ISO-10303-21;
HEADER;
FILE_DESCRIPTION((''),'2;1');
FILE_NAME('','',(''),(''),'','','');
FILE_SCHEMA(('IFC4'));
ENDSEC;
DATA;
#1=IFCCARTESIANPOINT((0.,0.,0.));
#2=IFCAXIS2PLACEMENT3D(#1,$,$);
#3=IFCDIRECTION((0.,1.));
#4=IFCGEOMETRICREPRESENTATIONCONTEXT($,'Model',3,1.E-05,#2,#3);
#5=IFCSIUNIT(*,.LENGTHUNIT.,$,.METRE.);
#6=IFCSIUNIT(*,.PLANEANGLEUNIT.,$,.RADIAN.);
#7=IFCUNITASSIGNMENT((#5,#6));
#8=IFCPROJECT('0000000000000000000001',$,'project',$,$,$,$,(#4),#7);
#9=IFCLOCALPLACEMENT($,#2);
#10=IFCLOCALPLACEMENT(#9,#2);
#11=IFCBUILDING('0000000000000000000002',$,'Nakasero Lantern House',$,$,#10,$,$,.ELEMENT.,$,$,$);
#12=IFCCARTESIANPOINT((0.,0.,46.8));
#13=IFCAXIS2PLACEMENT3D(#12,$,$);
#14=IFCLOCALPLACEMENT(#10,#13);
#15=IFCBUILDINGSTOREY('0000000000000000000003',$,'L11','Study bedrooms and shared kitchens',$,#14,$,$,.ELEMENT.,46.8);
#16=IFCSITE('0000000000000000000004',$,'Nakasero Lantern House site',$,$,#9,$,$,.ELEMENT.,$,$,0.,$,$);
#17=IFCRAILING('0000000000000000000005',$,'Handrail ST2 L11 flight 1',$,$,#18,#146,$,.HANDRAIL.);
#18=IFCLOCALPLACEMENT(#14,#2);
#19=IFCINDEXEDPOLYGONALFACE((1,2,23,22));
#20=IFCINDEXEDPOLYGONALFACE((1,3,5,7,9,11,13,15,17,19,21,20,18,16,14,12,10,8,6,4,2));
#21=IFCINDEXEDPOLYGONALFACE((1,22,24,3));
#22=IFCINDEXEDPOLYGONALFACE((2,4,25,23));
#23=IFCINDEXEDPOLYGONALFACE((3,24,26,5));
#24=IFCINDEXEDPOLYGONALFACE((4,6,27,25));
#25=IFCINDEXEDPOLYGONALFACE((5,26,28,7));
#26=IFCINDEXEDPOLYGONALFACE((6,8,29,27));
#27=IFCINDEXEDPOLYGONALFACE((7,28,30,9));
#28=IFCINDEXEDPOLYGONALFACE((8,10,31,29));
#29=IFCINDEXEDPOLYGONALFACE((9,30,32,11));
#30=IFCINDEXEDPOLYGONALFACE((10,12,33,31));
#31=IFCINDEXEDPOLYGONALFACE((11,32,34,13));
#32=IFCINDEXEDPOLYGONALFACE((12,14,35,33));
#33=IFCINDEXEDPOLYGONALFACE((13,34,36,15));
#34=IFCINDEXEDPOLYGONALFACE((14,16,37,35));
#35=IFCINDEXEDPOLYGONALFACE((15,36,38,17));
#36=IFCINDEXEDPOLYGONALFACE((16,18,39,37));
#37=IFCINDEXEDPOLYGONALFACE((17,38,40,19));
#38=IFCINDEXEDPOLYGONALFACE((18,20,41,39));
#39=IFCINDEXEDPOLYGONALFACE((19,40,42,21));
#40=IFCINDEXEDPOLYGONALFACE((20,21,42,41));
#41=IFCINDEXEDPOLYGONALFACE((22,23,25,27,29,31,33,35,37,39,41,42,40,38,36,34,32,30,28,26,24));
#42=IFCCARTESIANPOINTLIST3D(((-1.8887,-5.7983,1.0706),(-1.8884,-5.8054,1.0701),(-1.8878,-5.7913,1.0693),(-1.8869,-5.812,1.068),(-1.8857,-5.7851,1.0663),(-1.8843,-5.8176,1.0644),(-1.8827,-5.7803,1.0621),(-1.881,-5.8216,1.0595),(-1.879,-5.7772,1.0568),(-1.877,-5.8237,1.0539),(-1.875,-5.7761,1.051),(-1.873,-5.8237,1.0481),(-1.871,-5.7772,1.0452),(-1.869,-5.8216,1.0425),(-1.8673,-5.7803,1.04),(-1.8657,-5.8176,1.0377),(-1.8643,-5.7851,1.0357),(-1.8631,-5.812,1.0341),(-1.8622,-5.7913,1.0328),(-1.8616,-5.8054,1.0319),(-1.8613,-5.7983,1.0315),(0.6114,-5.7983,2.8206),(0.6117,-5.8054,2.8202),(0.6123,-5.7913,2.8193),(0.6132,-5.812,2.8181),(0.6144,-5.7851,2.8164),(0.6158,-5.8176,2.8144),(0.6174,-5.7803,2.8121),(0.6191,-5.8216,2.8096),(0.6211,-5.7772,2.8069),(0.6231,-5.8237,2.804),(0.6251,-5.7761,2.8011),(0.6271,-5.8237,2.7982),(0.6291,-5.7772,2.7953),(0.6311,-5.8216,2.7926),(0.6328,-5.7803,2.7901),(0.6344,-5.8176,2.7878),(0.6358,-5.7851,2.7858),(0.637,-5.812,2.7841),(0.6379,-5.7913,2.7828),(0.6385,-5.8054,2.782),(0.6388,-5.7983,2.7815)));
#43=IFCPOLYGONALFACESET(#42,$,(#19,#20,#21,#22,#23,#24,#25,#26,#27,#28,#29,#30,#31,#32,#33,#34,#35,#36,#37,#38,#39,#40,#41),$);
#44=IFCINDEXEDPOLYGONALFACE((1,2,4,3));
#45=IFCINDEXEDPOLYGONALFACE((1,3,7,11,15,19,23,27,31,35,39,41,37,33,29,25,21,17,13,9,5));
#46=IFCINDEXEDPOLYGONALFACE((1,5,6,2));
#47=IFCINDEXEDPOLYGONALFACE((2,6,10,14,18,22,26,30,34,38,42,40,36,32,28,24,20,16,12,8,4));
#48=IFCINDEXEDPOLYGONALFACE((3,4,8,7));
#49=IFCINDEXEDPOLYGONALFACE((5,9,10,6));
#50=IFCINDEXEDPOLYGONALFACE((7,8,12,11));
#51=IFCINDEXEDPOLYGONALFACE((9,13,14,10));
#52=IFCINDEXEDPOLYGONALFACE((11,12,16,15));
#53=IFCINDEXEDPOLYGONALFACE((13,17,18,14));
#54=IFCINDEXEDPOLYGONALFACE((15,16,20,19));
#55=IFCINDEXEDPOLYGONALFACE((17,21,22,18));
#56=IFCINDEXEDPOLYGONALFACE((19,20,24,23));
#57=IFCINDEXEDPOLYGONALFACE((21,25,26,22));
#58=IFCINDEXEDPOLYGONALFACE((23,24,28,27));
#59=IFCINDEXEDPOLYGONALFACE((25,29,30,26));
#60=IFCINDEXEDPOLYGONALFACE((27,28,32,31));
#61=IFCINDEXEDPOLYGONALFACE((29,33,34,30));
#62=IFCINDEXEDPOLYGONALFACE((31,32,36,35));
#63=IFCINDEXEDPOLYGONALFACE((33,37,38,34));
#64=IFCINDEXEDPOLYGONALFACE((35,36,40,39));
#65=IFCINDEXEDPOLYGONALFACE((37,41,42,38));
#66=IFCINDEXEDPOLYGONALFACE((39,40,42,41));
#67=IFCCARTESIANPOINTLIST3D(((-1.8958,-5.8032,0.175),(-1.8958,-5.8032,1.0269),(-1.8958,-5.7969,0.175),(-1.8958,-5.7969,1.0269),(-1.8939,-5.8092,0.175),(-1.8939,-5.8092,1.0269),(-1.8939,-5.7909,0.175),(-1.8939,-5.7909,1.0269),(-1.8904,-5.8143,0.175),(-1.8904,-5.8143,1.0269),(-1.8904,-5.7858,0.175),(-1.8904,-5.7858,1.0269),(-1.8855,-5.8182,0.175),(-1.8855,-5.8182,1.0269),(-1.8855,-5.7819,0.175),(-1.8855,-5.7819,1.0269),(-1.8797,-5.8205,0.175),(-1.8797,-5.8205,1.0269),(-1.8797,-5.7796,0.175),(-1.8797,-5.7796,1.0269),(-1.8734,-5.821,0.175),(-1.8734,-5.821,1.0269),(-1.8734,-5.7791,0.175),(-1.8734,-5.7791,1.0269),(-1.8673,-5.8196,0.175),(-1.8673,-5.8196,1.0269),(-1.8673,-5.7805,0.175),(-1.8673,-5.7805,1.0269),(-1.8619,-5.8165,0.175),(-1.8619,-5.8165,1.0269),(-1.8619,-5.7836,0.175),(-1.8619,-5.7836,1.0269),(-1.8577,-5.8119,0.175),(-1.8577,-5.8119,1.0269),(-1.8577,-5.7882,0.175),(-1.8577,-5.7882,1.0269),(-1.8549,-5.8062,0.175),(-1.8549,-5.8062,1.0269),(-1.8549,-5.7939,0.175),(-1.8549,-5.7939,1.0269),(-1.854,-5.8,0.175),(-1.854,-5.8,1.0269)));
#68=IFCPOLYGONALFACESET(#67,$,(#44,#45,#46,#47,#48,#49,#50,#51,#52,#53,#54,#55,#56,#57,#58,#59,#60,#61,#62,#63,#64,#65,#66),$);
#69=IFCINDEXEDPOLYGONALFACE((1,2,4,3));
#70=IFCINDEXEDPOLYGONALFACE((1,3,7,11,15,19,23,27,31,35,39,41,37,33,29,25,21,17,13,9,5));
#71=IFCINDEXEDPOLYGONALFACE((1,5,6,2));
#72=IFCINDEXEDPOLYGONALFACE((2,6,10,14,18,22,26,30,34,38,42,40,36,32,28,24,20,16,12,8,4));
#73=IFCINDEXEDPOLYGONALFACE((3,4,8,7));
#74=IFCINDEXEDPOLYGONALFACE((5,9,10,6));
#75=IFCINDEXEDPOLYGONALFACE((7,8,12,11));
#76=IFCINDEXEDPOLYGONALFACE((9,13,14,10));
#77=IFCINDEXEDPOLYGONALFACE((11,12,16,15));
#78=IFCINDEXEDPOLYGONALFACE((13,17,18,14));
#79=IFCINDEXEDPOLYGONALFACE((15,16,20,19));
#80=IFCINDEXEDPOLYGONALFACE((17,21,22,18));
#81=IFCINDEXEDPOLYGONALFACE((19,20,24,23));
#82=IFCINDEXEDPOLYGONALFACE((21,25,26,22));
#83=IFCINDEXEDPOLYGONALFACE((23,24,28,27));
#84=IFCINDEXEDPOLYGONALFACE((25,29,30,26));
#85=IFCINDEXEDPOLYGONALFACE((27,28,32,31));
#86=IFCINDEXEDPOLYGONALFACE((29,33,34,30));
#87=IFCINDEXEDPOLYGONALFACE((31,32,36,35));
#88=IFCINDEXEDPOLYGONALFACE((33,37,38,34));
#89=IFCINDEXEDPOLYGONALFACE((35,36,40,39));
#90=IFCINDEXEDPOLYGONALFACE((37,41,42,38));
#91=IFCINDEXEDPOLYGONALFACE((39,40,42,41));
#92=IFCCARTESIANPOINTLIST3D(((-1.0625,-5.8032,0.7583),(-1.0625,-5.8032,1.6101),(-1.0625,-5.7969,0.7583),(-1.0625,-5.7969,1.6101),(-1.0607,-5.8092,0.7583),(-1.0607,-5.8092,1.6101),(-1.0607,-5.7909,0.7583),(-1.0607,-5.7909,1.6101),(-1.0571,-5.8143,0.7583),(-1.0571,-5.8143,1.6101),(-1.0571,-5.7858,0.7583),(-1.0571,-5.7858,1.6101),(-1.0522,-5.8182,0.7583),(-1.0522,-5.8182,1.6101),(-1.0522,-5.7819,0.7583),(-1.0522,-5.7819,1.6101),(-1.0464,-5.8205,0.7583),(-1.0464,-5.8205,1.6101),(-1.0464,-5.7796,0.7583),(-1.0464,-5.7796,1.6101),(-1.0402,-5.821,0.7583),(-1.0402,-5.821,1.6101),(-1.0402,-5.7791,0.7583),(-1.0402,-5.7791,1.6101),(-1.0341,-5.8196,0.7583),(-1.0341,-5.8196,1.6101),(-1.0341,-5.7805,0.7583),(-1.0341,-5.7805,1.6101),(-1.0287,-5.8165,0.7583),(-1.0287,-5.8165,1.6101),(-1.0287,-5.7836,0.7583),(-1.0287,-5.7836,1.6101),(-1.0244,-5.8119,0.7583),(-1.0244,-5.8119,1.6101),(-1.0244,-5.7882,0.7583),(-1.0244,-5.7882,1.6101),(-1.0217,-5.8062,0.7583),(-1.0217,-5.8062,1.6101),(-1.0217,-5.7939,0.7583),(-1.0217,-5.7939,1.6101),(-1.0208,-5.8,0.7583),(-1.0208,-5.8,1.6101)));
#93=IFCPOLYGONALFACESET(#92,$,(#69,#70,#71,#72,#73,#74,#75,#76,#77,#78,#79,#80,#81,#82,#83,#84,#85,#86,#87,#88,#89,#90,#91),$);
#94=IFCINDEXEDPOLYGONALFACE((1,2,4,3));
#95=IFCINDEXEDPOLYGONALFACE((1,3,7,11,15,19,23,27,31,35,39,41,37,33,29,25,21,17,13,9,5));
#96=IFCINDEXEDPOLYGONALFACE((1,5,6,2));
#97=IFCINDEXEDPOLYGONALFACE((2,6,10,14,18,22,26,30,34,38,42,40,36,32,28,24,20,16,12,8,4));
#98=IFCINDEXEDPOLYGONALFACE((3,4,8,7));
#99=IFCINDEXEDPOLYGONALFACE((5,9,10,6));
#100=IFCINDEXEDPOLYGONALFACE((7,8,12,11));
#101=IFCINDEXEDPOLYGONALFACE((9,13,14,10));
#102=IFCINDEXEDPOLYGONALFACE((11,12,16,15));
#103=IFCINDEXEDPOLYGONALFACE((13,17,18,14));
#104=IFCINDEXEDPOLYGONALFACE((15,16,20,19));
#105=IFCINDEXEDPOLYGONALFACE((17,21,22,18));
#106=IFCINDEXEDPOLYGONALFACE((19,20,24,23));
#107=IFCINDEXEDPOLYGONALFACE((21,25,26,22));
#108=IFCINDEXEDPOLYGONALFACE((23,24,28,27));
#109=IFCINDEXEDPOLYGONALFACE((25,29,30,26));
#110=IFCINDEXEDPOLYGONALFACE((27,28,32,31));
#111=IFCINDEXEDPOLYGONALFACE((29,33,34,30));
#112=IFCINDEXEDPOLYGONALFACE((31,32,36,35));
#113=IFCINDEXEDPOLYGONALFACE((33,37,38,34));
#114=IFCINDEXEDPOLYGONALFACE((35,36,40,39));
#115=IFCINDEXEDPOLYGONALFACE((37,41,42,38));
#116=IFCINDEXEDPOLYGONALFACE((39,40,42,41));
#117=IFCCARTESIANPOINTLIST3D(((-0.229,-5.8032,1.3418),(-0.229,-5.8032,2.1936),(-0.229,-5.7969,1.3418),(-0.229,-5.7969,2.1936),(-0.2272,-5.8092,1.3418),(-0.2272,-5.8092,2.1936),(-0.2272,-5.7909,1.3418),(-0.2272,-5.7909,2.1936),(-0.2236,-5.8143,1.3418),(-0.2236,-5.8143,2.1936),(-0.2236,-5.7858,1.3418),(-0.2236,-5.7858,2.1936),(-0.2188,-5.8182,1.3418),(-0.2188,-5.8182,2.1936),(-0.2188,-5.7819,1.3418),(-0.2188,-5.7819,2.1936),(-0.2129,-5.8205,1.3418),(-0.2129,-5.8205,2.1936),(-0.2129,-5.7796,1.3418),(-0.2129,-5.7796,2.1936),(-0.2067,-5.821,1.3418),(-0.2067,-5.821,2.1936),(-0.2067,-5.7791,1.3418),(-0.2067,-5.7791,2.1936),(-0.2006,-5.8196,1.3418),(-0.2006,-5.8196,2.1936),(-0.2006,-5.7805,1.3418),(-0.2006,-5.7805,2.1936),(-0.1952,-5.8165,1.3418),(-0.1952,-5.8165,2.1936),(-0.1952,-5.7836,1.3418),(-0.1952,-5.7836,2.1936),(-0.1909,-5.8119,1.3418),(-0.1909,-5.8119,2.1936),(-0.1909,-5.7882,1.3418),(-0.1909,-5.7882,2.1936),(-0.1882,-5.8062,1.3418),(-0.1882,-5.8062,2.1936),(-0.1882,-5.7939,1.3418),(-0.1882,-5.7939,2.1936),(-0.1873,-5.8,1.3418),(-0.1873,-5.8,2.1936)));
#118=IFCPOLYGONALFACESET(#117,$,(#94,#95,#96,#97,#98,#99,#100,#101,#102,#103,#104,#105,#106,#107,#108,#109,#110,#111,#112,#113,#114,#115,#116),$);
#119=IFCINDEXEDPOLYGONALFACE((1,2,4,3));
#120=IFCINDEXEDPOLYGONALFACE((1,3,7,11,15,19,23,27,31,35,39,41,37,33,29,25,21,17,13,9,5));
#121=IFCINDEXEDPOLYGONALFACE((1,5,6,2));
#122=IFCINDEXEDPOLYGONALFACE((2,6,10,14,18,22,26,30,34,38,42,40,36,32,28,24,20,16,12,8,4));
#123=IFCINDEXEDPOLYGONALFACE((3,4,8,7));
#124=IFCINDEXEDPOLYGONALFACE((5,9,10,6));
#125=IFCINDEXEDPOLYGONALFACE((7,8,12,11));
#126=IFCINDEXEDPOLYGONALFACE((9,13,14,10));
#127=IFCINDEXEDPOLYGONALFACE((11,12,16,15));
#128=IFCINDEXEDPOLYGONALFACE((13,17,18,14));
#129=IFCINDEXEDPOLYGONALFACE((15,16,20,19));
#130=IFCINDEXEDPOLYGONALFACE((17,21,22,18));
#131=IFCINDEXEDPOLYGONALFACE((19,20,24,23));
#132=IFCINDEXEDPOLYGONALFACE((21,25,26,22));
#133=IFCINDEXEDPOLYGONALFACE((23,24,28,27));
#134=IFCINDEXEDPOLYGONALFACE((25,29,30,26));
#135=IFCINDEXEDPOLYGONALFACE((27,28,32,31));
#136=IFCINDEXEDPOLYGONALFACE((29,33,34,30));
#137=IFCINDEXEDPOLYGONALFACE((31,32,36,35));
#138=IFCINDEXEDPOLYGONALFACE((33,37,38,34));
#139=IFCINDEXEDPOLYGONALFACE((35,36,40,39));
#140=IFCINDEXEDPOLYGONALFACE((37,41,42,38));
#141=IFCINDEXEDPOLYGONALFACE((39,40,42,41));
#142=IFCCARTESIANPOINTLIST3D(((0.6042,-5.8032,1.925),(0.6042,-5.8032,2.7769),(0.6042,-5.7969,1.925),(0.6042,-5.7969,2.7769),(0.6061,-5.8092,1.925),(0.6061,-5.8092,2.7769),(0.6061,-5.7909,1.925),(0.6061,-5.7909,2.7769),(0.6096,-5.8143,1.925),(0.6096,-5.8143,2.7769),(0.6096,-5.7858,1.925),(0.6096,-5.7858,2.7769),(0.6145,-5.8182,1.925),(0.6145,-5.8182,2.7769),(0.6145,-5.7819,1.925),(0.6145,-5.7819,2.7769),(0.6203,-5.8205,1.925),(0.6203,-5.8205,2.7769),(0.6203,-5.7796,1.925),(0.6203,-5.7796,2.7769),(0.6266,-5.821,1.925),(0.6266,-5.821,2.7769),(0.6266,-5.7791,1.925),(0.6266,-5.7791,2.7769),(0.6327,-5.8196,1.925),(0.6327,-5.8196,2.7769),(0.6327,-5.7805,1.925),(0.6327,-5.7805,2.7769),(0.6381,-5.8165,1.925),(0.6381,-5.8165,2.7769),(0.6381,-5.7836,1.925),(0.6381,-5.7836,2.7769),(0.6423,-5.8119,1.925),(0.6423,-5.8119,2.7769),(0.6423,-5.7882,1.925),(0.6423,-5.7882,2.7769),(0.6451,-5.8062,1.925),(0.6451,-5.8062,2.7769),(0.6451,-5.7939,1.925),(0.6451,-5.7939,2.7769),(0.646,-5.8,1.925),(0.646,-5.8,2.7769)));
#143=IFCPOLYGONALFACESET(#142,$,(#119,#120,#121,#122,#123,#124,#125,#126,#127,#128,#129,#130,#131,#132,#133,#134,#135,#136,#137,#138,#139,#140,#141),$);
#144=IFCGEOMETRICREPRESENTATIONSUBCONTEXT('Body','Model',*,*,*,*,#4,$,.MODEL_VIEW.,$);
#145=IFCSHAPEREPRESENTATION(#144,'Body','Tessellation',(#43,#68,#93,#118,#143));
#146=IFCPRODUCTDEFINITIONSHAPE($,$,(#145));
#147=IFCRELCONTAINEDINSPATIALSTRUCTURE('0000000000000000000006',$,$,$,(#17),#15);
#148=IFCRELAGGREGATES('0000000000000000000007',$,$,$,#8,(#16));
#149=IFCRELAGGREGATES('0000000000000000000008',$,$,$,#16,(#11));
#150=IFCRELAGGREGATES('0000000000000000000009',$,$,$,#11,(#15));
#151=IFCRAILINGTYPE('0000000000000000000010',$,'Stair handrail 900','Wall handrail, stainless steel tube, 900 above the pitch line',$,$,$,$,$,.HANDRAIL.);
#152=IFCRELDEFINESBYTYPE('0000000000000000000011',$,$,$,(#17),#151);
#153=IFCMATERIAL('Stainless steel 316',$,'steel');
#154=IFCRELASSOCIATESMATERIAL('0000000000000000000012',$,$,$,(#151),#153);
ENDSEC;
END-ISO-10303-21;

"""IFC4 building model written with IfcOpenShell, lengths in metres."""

from ifc_helpers import new_model, si_unit, direction, frame, origin, origin_2d, place, context, subcontext, project, spatial, circle, extrude, material, type_object, element, save


model = new_model("IFC4")

# Units and contexts
model_context = context("Model", 3, precision=1e-05, world=origin(), true_north=direction((0.0, 1.0)))
body_context = subcontext(model_context, "Body", "Model", "MODEL_VIEW")
ifc_project = project(units=[si_unit("LENGTHUNIT", "METRE"), si_unit("PLANEANGLEUNIT", "RADIAN")], contexts=[model_context])

# Site, building, storey
site_placement = place(None, origin())
site = spatial("IfcSite", under=ifc_project, at=site_placement, Name="Nakasero Lantern House site", CompositionType="ELEMENT", RefElevation=0.0)
building_placement = place(site_placement, origin())
building = spatial("IfcBuilding", under=site, at=building_placement, Name="Nakasero Lantern House", CompositionType="ELEMENT")
storey_placement = place(building_placement, frame((0.0, 0.0, 46.8)))
storey = spatial("IfcBuildingStorey", under=building, at=storey_placement, Name="L11", Description="Study bedrooms and shared kitchens", CompositionType="ELEMENT", Elevation=46.8)

# Railing
ifc_material_1 = material(Name="Stainless steel 316", Category="steel")
railing_type = type_object("IfcRailingType", Name="Stair handrail 900", Description="Wall handrail, stainless steel tube, 900 above the pitch line", PredefinedType="HANDRAIL", material=ifc_material_1)
railing_placement = place(storey_placement, frame((-1.875, -5.8, 0.175)))
element("IfcRailing", 1, at=railing_placement, inside=storey, type_object=railing_type, Name="Handrail ST2 L11 flight 1", PredefinedType="HANDRAIL", context=body_context, shape_type="SweptSolid", body=[
    extrude(circle(Radius=0.0239, at=origin_2d()), frame((0.0, 0.0, 0.876), z_axis=(0.819232, 0.0, 0.573462), x_axis=(0.0, 1.0, 0.0)), (0.0, 0.0, 1.0), 3.0518),
    extrude(circle(Radius=0.021, at=origin_2d()), origin(), (0.0, 0.0, 1.0), 0.8518),
    extrude(circle(Radius=0.021, at=origin_2d()), frame((0.8333, 0.0, 0.5833)), (0.0, 0.0, 1.0), 0.8518),
    extrude(circle(Radius=0.021, at=origin_2d()), frame((1.6667, 0.0, 1.1667)), (0.0, 0.0, 1.0), 0.8518),
    extrude(circle(Radius=0.021, at=origin_2d()), frame((2.5, 0.0, 1.75)), (0.0, 0.0, 1.0), 0.8518),
])

save(model, "model.ifc")
